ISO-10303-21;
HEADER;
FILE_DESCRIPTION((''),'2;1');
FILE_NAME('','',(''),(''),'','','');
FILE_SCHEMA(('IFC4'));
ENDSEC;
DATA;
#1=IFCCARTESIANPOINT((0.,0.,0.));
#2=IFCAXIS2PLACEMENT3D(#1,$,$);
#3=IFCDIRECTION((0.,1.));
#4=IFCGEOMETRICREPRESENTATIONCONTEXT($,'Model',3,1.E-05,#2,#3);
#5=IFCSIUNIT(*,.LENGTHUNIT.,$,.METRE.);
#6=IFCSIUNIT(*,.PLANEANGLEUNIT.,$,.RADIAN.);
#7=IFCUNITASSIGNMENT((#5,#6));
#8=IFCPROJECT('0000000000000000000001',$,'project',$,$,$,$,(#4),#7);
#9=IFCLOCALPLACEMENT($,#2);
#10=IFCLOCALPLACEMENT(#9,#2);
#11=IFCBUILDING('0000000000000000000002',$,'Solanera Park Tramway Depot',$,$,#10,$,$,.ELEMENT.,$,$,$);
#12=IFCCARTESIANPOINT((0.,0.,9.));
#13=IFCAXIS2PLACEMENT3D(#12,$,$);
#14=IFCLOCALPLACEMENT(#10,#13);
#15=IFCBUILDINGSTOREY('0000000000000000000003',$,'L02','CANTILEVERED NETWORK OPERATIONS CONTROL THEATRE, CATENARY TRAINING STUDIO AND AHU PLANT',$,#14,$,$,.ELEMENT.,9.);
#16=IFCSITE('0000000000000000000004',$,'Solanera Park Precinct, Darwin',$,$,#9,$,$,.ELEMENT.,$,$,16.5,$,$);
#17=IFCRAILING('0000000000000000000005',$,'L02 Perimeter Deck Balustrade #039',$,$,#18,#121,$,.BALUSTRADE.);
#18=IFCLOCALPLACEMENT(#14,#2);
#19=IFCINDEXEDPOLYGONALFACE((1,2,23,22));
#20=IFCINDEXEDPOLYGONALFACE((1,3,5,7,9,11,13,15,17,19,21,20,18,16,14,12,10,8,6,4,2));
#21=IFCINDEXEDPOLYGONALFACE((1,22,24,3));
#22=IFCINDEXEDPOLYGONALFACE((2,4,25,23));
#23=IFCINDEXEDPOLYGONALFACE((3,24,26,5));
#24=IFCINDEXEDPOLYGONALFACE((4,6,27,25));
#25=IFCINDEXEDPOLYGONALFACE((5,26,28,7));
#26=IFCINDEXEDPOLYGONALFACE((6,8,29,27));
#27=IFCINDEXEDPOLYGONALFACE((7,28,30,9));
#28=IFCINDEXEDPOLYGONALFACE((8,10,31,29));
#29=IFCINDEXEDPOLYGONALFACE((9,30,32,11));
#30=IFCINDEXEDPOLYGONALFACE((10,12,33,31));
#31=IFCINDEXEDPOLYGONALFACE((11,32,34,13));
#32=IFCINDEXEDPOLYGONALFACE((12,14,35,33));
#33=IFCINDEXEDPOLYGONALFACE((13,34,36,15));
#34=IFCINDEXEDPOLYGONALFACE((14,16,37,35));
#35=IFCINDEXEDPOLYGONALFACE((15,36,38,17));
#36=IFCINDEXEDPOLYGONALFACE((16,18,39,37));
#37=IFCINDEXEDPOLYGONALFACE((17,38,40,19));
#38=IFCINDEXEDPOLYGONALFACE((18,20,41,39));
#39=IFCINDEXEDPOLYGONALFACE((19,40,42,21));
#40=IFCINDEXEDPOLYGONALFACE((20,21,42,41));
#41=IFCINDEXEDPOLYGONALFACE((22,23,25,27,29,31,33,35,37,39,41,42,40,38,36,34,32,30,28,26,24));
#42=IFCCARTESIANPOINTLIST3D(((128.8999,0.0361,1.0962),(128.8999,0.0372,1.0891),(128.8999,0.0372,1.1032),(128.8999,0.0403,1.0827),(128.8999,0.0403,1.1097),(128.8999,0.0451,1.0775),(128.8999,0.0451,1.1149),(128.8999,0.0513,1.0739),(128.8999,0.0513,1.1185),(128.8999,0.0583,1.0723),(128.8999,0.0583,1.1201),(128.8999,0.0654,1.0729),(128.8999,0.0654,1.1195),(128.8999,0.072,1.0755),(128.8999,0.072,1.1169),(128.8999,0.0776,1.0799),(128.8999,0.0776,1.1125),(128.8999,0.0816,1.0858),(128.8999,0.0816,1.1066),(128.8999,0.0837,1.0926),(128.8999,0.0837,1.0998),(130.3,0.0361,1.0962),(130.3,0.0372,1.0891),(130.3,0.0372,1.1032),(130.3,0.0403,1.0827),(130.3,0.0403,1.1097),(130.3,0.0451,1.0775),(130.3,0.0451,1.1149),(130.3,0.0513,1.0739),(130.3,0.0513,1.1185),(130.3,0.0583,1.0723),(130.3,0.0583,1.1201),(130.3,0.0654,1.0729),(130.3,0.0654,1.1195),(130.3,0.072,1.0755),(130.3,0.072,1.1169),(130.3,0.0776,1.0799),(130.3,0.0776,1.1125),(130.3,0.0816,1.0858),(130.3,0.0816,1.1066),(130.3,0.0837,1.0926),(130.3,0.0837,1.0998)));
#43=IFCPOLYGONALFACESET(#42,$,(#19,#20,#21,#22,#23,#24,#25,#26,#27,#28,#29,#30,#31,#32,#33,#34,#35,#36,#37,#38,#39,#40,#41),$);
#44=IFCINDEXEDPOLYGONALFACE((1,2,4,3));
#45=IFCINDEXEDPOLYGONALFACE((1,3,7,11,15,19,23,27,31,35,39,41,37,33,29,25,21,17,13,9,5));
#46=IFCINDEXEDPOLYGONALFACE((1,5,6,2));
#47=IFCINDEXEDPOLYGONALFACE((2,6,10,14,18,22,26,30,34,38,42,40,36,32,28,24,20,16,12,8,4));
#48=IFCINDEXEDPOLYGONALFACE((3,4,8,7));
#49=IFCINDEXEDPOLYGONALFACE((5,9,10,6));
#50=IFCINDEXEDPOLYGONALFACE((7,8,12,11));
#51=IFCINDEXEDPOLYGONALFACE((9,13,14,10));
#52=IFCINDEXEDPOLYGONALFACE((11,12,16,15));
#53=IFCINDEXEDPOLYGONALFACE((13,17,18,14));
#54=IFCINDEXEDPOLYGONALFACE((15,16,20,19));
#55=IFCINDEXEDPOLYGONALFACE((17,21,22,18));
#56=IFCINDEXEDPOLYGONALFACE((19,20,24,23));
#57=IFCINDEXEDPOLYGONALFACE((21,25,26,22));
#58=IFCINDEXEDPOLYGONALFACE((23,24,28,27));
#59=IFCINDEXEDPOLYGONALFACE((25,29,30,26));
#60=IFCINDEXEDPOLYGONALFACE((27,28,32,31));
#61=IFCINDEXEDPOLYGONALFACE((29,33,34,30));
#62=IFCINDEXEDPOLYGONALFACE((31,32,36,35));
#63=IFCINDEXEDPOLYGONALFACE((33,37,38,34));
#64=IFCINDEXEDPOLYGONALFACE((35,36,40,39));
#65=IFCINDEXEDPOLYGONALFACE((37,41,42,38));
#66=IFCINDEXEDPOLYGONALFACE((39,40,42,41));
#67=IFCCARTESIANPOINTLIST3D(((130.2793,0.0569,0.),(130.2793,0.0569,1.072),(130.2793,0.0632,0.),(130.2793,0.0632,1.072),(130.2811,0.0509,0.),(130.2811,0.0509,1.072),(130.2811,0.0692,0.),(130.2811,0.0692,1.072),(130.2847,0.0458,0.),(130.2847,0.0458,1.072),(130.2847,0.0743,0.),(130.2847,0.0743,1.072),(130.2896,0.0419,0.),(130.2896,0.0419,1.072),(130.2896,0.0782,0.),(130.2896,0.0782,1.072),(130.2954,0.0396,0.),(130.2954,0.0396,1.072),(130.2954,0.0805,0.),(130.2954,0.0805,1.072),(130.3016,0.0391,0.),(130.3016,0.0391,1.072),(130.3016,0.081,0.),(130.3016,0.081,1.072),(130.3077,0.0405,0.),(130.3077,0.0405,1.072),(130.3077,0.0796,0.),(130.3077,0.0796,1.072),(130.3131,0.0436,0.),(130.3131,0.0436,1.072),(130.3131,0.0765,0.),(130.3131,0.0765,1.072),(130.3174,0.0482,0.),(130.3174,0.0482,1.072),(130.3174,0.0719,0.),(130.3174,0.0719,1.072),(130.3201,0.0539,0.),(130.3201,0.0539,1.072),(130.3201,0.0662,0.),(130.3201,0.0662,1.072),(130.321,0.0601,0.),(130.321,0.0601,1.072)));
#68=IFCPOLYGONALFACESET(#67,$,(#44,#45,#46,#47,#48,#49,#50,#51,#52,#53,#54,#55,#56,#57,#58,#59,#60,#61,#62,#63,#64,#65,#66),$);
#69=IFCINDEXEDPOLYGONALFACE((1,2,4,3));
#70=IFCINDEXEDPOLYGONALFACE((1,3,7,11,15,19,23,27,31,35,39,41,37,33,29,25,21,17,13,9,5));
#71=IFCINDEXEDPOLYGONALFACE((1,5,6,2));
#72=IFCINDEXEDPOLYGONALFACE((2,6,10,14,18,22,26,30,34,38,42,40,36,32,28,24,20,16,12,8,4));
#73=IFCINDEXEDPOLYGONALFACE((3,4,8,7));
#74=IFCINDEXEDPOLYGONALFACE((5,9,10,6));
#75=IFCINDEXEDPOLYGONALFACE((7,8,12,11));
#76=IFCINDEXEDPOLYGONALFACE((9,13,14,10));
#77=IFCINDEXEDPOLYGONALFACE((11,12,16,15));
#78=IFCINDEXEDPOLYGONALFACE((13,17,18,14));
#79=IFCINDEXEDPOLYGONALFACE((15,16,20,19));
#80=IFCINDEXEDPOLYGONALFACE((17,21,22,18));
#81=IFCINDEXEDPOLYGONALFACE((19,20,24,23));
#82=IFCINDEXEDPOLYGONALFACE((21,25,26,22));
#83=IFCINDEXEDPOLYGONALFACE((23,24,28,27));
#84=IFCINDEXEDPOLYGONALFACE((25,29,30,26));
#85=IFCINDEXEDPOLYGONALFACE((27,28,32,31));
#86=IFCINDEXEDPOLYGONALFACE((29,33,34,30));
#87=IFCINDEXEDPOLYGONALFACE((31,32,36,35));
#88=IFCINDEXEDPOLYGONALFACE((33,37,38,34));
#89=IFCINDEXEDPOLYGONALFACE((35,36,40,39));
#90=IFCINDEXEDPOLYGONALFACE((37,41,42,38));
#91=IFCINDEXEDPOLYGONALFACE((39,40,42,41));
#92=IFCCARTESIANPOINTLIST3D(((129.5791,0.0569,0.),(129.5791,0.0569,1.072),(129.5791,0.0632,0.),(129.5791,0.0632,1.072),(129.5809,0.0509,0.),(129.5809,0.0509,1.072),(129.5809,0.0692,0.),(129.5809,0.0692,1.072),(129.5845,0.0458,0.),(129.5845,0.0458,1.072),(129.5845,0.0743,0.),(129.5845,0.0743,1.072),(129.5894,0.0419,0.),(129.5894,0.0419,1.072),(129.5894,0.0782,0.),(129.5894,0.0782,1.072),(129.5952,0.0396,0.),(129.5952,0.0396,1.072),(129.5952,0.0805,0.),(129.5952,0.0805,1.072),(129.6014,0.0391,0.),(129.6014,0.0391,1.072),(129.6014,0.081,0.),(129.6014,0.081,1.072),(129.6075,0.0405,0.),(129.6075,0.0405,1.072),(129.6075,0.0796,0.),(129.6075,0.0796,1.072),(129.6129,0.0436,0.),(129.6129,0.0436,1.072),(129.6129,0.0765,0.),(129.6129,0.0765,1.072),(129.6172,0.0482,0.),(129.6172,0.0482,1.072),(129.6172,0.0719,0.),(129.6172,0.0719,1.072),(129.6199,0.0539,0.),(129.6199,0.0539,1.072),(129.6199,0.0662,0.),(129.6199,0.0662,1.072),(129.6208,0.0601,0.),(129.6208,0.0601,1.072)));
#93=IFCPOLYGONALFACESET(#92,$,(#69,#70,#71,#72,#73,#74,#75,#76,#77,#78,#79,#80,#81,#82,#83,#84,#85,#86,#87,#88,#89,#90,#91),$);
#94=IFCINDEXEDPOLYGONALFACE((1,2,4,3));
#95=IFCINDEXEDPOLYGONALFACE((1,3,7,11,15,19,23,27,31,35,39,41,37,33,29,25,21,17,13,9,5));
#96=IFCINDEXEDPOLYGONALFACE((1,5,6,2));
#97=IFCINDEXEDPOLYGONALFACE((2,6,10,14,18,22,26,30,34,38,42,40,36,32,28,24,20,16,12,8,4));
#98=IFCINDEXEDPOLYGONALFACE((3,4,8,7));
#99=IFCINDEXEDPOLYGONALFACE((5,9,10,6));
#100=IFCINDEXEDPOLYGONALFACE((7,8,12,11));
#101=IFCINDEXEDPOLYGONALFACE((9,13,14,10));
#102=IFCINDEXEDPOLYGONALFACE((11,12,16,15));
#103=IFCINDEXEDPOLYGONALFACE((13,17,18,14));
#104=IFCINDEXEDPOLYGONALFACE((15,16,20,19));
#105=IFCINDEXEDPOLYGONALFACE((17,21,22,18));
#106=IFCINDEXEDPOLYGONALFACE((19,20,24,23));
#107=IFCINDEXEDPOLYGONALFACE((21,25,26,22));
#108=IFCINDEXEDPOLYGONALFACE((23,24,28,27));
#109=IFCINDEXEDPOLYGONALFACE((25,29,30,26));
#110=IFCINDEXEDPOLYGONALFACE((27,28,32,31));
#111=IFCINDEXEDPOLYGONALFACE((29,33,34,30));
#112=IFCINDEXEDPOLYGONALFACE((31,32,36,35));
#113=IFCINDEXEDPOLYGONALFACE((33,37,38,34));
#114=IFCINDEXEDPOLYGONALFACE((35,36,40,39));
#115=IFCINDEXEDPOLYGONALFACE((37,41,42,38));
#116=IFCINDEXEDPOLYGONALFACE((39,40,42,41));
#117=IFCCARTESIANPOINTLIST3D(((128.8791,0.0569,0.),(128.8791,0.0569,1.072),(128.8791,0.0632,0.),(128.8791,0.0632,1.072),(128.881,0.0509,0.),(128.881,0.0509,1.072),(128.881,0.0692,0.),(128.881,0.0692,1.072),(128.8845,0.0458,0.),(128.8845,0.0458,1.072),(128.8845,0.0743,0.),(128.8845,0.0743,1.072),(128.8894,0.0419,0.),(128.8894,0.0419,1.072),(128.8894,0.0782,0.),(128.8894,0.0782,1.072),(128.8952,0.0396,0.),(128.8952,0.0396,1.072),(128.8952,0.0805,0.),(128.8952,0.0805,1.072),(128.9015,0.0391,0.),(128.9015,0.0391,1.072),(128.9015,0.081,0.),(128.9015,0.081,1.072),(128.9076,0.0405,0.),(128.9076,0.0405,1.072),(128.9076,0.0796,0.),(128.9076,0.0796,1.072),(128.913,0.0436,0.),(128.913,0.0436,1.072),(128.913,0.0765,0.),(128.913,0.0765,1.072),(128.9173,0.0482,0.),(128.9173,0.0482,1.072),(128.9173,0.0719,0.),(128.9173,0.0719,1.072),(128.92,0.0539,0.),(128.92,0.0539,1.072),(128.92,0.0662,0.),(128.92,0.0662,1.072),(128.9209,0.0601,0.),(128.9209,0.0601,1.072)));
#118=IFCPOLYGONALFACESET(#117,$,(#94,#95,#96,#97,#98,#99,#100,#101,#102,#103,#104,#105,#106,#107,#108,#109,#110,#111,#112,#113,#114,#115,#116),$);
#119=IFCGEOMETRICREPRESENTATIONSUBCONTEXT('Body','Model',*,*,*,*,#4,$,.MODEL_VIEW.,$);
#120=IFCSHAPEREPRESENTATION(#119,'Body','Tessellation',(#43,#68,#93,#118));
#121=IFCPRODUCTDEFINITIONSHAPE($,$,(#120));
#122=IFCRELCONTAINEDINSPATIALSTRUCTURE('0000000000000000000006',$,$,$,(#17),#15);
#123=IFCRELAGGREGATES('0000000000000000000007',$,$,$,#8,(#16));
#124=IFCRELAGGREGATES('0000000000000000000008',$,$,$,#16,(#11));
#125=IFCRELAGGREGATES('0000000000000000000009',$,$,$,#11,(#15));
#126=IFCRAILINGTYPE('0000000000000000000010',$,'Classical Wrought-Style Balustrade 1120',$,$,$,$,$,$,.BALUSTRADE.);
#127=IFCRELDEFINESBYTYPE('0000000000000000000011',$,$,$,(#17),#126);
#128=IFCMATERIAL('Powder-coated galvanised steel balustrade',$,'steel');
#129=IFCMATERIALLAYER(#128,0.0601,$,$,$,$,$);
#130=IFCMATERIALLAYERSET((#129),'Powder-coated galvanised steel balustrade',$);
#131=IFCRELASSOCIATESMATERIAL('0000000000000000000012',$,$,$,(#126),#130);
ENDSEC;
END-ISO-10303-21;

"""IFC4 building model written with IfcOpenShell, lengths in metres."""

from ifc_helpers import new_model, si_unit, direction, frame, origin, origin_2d, place, context, subcontext, project, spatial, circle, extrude, material, layer, layer_set, type_object, element, save


model = new_model("IFC4")

# Units and contexts
model_context = context("Model", 3, precision=1e-05, world=origin(), true_north=direction((0.0, 1.0)))
body_context = subcontext(model_context, "Body", "Model", "MODEL_VIEW")
ifc_project = project(units=[si_unit("LENGTHUNIT", "METRE"), si_unit("PLANEANGLEUNIT", "RADIAN")], contexts=[model_context])

# Site, building, storey
site_placement = place(None, origin())
site = spatial("IfcSite", under=ifc_project, at=site_placement, Name="Solanera Park Precinct, Darwin", CompositionType="ELEMENT", RefElevation=16.5)
building_placement = place(site_placement, origin())
building = spatial("IfcBuilding", under=site, at=building_placement, Name="Solanera Park Tramway Depot", CompositionType="ELEMENT")
storey_placement = place(building_placement, frame((0.0, 0.0, 9.0)))
storey = spatial("IfcBuildingStorey", under=building, at=storey_placement, Name="L02", Description="CANTILEVERED NETWORK OPERATIONS CONTROL THEATRE, CATENARY TRAINING STUDIO AND AHU PLANT", CompositionType="ELEMENT", Elevation=9.0)

# Railing
ifc_material_1 = material(Name="Powder-coated galvanised steel balustrade", Category="steel")
ifc_layer_1 = layer(ifc_material_1, 0.0601)
ifc_layer_set_1 = layer_set([ifc_layer_1], Name="Powder-coated galvanised steel balustrade")
railing_type = type_object("IfcRailingType", Name="Classical Wrought-Style Balustrade 1120", PredefinedType="BALUSTRADE", material=ifc_layer_set_1)
railing_placement = place(storey_placement, frame((130.3, 0.0601, 0.0)))
element("IfcRailing", 1, at=railing_placement, inside=storey, type_object=railing_type, Name="L02 Perimeter Deck Balustrade #039", PredefinedType="BALUSTRADE", context=body_context, shape_type="SweptSolid", body=[
    extrude(circle(Radius=0.0239, at=origin_2d()), frame((0.0, 0.0, 1.0962), z_axis=(-1.0, 0.0, 0.0), x_axis=(0.0, -1.0, 0.0)), (0.0, 0.0, 1.0), 1.4001),
    extrude(circle(Radius=0.021, at=origin_2d()), origin(), (0.0, 0.0, 1.0), 1.072),
    extrude(circle(Radius=0.021, at=origin_2d()), frame((-0.7002, 0.0, 0.0)), (0.0, 0.0, 1.0), 1.072),
    extrude(circle(Radius=0.021, at=origin_2d()), frame((-1.4001, 0.0, 0.0)), (0.0, 0.0, 1.0), 1.072),
])

save(model, "model.ifc")
